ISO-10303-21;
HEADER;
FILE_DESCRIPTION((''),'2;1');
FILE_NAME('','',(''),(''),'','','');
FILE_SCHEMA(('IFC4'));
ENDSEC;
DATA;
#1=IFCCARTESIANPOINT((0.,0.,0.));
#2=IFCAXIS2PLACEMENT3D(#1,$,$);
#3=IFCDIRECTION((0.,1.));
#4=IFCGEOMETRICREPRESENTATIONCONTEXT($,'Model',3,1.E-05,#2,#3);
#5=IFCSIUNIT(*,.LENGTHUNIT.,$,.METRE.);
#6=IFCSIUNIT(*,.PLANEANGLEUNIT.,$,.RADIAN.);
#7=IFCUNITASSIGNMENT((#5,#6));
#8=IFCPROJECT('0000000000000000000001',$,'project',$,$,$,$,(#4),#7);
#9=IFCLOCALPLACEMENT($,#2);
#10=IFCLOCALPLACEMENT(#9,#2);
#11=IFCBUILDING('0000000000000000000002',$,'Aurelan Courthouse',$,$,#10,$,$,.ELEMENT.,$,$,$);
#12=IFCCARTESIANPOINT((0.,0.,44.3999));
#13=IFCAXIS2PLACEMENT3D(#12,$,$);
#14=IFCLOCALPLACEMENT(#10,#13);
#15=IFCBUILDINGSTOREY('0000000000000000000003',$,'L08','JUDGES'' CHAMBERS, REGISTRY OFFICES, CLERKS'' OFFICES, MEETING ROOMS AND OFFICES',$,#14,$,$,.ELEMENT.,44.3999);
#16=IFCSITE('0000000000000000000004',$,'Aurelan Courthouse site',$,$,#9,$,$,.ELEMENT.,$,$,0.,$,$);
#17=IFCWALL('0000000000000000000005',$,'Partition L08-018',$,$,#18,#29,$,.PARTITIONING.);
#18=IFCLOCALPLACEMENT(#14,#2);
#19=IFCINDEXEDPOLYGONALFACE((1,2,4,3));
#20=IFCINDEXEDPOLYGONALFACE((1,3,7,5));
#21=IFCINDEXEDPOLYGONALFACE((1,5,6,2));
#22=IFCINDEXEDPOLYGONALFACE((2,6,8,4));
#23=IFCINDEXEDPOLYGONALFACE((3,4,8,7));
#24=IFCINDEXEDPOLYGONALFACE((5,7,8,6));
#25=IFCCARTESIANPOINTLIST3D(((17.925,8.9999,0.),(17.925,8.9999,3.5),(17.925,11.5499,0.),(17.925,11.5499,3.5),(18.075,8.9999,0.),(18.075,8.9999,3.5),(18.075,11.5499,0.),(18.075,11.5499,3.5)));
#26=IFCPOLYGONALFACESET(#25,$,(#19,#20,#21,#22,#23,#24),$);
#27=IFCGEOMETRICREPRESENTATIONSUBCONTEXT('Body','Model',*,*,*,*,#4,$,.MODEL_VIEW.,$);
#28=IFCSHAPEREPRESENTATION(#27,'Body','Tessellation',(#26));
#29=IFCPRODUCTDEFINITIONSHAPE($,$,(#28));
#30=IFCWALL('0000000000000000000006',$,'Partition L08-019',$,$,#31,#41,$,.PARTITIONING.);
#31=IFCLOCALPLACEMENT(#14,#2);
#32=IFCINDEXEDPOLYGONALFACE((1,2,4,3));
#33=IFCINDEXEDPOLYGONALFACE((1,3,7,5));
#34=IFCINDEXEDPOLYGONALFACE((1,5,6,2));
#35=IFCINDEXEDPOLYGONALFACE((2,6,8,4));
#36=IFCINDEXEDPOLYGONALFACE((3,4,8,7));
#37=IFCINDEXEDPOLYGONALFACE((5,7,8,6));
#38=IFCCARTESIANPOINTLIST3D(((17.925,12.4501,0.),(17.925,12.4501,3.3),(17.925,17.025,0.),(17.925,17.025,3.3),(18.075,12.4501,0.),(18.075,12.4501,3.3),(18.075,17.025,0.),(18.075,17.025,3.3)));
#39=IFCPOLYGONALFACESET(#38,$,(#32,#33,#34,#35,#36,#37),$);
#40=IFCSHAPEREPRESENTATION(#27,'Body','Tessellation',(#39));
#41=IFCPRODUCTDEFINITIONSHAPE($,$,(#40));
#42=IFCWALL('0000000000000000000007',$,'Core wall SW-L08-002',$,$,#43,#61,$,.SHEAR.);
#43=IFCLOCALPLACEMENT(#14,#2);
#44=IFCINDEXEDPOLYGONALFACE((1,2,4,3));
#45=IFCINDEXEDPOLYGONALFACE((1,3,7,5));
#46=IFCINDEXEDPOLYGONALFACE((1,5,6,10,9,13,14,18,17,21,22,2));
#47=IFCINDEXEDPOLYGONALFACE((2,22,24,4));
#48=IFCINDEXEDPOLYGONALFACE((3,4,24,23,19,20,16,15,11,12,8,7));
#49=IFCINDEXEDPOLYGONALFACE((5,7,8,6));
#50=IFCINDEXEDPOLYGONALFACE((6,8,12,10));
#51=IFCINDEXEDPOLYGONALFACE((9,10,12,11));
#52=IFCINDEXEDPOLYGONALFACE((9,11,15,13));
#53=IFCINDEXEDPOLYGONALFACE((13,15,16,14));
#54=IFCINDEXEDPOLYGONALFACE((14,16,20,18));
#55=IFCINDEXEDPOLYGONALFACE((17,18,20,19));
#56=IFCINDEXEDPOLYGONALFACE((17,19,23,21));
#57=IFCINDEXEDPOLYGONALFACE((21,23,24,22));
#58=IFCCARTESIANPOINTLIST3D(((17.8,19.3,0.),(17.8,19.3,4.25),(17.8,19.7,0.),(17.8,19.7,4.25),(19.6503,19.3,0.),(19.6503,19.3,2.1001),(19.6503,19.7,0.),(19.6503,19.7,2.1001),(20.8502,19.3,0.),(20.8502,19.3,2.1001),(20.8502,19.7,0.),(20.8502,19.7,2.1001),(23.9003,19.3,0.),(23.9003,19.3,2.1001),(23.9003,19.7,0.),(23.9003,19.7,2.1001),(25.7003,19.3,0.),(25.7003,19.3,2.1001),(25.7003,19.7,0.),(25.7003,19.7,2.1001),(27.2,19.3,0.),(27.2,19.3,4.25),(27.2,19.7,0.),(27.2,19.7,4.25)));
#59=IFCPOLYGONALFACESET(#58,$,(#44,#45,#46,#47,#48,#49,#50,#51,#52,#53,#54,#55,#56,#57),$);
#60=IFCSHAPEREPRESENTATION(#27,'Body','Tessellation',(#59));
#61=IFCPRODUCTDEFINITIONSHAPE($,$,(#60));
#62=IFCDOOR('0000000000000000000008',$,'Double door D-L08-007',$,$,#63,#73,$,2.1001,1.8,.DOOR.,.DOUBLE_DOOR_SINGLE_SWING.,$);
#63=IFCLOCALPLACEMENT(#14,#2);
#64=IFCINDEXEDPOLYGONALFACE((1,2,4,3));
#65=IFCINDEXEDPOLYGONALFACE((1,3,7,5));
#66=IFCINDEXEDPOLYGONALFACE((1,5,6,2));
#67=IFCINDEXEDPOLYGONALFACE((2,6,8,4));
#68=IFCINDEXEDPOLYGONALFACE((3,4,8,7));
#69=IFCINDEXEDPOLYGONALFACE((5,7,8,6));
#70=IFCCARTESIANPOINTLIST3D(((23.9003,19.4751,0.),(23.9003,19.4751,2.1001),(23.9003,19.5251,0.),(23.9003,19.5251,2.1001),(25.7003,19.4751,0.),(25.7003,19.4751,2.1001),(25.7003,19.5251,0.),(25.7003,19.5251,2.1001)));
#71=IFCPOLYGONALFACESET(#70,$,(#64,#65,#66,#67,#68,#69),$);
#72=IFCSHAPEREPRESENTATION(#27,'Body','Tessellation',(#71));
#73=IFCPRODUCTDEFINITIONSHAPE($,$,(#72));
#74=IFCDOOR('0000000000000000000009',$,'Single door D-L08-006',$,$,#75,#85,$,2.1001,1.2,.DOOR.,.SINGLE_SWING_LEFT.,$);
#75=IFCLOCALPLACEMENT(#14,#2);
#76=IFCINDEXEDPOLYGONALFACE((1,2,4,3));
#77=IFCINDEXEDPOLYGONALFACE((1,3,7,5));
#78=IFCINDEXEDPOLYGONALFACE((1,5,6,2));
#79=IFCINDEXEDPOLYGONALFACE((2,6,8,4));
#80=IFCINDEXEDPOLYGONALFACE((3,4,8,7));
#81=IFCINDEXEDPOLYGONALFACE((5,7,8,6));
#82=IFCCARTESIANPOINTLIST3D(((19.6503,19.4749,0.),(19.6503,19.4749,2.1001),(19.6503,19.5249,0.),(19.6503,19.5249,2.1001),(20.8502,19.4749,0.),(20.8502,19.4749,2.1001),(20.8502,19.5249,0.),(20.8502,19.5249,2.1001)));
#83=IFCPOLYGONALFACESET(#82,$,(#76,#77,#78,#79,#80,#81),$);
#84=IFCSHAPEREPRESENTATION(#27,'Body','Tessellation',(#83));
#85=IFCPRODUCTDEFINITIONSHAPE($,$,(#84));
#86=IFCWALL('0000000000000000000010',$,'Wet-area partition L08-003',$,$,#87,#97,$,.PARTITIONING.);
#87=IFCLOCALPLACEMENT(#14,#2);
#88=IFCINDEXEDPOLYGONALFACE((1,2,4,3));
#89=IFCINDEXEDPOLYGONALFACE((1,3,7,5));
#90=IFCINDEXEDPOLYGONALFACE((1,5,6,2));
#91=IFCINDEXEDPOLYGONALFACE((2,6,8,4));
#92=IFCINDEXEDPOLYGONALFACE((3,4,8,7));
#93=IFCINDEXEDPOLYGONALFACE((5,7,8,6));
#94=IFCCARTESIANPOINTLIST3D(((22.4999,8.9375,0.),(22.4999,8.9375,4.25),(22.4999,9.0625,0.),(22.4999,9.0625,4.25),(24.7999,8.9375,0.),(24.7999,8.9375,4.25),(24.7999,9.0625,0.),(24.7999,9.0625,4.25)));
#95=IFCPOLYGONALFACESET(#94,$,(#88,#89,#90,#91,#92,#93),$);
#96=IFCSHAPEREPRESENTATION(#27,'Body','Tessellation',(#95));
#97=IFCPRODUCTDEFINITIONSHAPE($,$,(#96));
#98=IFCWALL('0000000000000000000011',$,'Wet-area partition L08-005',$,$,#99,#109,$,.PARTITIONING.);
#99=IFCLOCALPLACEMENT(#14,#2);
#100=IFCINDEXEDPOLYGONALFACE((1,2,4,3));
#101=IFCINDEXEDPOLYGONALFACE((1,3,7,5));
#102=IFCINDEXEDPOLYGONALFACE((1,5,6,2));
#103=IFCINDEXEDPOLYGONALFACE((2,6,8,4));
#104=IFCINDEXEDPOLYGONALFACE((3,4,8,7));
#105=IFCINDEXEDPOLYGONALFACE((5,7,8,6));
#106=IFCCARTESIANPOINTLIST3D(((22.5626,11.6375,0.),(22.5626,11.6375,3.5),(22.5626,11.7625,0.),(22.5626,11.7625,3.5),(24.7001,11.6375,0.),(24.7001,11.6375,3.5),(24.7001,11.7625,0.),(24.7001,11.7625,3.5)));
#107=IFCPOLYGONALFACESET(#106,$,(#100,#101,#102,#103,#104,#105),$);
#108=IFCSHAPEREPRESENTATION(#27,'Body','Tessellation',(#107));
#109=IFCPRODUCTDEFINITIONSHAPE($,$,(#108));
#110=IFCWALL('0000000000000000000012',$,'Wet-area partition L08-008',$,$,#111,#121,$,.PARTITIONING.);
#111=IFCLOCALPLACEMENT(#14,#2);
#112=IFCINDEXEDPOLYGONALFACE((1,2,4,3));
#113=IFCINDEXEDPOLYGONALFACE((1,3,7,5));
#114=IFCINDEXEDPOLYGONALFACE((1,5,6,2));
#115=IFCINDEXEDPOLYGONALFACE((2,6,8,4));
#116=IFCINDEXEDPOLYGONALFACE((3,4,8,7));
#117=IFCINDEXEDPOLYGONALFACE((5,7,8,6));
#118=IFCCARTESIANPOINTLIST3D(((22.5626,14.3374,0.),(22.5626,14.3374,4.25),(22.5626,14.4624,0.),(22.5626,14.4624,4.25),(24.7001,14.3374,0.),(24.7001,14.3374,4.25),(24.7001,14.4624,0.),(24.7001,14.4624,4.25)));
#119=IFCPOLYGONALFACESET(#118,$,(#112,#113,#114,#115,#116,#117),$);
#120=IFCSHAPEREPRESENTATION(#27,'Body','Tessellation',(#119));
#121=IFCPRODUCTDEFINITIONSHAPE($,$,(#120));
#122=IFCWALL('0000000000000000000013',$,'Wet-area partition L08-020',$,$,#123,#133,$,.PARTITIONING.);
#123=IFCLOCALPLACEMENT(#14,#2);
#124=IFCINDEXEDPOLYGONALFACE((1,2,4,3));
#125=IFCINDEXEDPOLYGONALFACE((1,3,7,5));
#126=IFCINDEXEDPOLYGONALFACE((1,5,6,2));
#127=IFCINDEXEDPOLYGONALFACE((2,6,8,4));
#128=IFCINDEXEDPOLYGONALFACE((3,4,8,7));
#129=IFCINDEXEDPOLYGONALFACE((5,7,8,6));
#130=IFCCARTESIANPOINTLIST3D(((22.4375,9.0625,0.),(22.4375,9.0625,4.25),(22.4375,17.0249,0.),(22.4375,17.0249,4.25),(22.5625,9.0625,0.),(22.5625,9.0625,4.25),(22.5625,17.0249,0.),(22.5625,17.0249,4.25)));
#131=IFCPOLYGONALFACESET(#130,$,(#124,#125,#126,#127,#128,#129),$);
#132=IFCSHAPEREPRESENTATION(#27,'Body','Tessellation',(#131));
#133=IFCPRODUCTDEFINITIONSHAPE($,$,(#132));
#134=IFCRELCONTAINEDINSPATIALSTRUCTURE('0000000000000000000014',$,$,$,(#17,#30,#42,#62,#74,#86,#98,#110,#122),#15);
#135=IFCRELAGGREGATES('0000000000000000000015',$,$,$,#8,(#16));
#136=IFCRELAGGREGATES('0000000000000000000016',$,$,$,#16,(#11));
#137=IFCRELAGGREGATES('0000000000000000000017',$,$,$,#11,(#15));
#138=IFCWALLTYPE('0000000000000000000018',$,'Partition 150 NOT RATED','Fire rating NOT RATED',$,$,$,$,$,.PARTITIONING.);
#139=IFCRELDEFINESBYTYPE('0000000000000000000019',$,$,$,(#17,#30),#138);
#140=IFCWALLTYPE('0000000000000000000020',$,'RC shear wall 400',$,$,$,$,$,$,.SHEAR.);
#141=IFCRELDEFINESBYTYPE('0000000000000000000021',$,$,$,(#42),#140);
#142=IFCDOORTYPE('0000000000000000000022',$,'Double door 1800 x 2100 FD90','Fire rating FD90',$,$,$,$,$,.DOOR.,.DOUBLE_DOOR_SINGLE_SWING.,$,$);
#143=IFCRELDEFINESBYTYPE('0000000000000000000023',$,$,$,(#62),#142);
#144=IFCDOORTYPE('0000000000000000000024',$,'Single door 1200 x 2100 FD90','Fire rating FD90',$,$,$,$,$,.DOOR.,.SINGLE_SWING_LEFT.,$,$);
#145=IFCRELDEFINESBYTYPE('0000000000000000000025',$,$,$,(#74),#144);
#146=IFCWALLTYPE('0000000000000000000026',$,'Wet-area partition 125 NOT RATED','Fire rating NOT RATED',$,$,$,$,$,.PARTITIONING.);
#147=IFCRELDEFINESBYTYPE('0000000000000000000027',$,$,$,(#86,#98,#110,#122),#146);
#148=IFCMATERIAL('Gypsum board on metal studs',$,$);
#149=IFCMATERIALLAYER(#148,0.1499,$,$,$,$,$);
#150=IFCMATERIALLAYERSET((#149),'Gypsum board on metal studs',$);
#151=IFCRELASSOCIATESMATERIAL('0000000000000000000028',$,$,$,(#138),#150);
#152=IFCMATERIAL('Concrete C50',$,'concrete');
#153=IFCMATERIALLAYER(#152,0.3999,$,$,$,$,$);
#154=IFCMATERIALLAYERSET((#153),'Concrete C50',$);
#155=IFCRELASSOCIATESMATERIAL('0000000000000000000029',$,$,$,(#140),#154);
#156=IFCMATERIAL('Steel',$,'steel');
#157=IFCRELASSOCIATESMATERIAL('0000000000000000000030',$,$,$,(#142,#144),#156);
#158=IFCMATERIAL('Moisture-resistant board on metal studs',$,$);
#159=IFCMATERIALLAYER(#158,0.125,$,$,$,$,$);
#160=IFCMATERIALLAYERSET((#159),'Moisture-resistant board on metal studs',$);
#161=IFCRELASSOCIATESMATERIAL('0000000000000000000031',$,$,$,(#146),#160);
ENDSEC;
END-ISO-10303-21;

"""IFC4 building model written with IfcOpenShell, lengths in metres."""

from ifc_helpers import new_model, si_unit, direction, frame, frame_2d, origin, place, context, subcontext, project, spatial, rectangle, extrude, material, layer, layer_set, type_object, element, fill, save


model = new_model("IFC4")

# Units and contexts
model_context = context("Model", 3, precision=1e-05, world=origin(), true_north=direction((0.0, 1.0)))
body_context = subcontext(model_context, "Body", "Model", "MODEL_VIEW")
ifc_project = project(units=[si_unit("LENGTHUNIT", "METRE"), si_unit("PLANEANGLEUNIT", "RADIAN")], contexts=[model_context])

# Site, building, storey
site_placement = place(None, origin())
site = spatial("IfcSite", under=ifc_project, at=site_placement, Name="Aurelan Courthouse site", CompositionType="ELEMENT", RefElevation=0.0)
building_placement = place(site_placement, origin())
building = spatial("IfcBuilding", under=site, at=building_placement, Name="Aurelan Courthouse", CompositionType="ELEMENT")
storey_placement = place(building_placement, frame((0.0, 0.0, 44.3999)))
storey = spatial("IfcBuildingStorey", under=building, at=storey_placement, Name="L08", Description="JUDGES' CHAMBERS, REGISTRY OFFICES, CLERKS' OFFICES, MEETING ROOMS AND OFFICES", CompositionType="ELEMENT", Elevation=44.3999)

# Shared definitions
ifc_material_1 = material(Name="Concrete C50", Category="concrete")

# Shared definitions
ifc_material_2 = material(Name="Steel", Category="steel")

# Shared definitions
ifc_material_3 = material(Name="Gypsum board on metal studs")
ifc_layer_1 = layer(ifc_material_3, 0.1499)
ifc_layer_set_1 = layer_set([ifc_layer_1], Name="Gypsum board on metal studs")
wall_type_1 = type_object("IfcWallType", Name="Partition 150 NOT RATED", Description="Fire rating NOT RATED", PredefinedType="PARTITIONING", material=ifc_layer_set_1)

# Walls
wall_1_placement = place(storey_placement, frame((18.0, 9.0, 0.0), z_axis=(0.0, 0.0, 1.0), x_axis=(0.0, 1.0, 0.0)))
element("IfcWall", 1, at=wall_1_placement, inside=storey, type_object=wall_type_1, Name="Partition L08-018", PredefinedType="PARTITIONING", context=body_context, shape_type="SweptSolid", body=[
    extrude(rectangle(XDim=2.55, YDim=0.1499, at=frame_2d((1.2749, 0.0))), origin(), (0.0, 0.0, 1.0), 3.5),
])
wall_2_placement = place(storey_placement, frame((18.0, 12.45, 0.0), z_axis=(0.0, 0.0, 1.0), x_axis=(0.0, 1.0, 0.0)))
element("IfcWall", 2, at=wall_2_placement, inside=storey, type_object=wall_type_1, Name="Partition L08-019", PredefinedType="PARTITIONING", context=body_context, shape_type="SweptSolid", body=[
    extrude(rectangle(XDim=4.575, YDim=0.1499, at=frame_2d((2.2876, 0.0))), origin(), (0.0, 0.0, 1.0), 3.3),
])

# Wall, openings, doors
ifc_layer_2 = layer(ifc_material_1, 0.3999)
ifc_layer_set_2 = layer_set([ifc_layer_2], Name="Concrete C50")
wall_type_2 = type_object("IfcWallType", Name="RC shear wall 400", PredefinedType="SHEAR", material=ifc_layer_set_2)
wall_3_placement = place(storey_placement, frame((17.8, 19.5, 0.0), z_axis=(0.0, 0.0, 1.0), x_axis=(1.0, 0.0, 0.0)))
wall_3 = element("IfcWall", 3, at=wall_3_placement, inside=storey, type_object=wall_type_2, Name="Core wall SW-L08-002", PredefinedType="SHEAR", context=body_context, shape_type="SweptSolid", body=[
    extrude(rectangle(XDim=9.3999, YDim=0.3999, at=frame_2d((4.7, 0.0))), origin(), (0.0, 0.0, 1.0), 4.25),
])
opening_1_placement = place(wall_3_placement, frame((1.8501, 0.0, 0.0)))
opening_1 = element("IfcOpeningElement", 4, at=opening_1_placement, cuts=wall_3, PredefinedType="OPENING", context=body_context, shape_type="SweptSolid", body=[
    extrude(rectangle(XDim=1.2, YDim=2.1001, at=frame_2d((0.6001, 1.05))), frame((0.0, 0.21, 0.0), z_axis=(0.0, -1.0, 0.0), x_axis=(1.0, 0.0, 0.0)), (0.0, 0.0, 1.0), 0.4199),
])
opening_2_placement = place(wall_3_placement, frame((7.9001, 0.0, 0.0), z_axis=(0.0, 0.0, 1.0), x_axis=(-1.0, 0.0, 0.0)))
opening_2 = element("IfcOpeningElement", 5, at=opening_2_placement, cuts=wall_3, PredefinedType="OPENING", context=body_context, shape_type="SweptSolid", body=[
    extrude(rectangle(XDim=1.8, YDim=2.1001, at=frame_2d((0.8999, 1.05))), frame((0.0, 0.21, 0.0), z_axis=(0.0, -1.0, 0.0), x_axis=(1.0, 0.0, 0.0)), (0.0, 0.0, 1.0), 0.4199),
])
door_type_1 = type_object("IfcDoorType", Name="Double door 1800 x 2100 FD90", Description="Fire rating FD90", OperationType="DOUBLE_DOOR_SINGLE_SWING", PredefinedType="DOOR", material=ifc_material_2)
door_1_placement = place(opening_2_placement, origin())
door_1 = element("IfcDoor", 6, at=door_1_placement, inside=storey, type_object=door_type_1, Name="Double door D-L08-007", OperationType="DOUBLE_DOOR_SINGLE_SWING", OverallHeight=2.1001, OverallWidth=1.8, PredefinedType="DOOR", context=body_context, shape_type="SweptSolid", body=[
    extrude(rectangle(XDim=1.8, YDim=2.1001, at=frame_2d((0.8999, 1.05))), frame((0.0, 0.0249, 0.0), z_axis=(0.0, -1.0, 0.0), x_axis=(1.0, 0.0, 0.0)), (0.0, 0.0, 1.0), 0.05),
])
fill(opening_2, door_1)
door_type_2 = type_object("IfcDoorType", Name="Single door 1200 x 2100 FD90", Description="Fire rating FD90", OperationType="SINGLE_SWING_LEFT", PredefinedType="DOOR", material=ifc_material_2)
door_2_placement = place(opening_1_placement, origin())
door_2 = element("IfcDoor", 7, at=door_2_placement, inside=storey, type_object=door_type_2, Name="Single door D-L08-006", OperationType="SINGLE_SWING_LEFT", OverallHeight=2.1001, OverallWidth=1.2, PredefinedType="DOOR", context=body_context, shape_type="SweptSolid", body=[
    extrude(rectangle(XDim=1.2, YDim=2.1001, at=frame_2d((0.6001, 1.05))), frame((0.0, 0.0249, 0.0), z_axis=(0.0, -1.0, 0.0), x_axis=(1.0, 0.0, 0.0)), (0.0, 0.0, 1.0), 0.05),
])
fill(opening_1, door_2)

# Walls
ifc_material_4 = material(Name="Moisture-resistant board on metal studs")
ifc_layer_3 = layer(ifc_material_4, 0.125)
ifc_layer_set_3 = layer_set([ifc_layer_3], Name="Moisture-resistant board on metal studs")
wall_type_3 = type_object("IfcWallType", Name="Wet-area partition 125 NOT RATED", Description="Fire rating NOT RATED", PredefinedType="PARTITIONING", material=ifc_layer_set_3)
wall_4_placement = place(storey_placement, frame((22.5, 9.0, 0.0), z_axis=(0.0, 0.0, 1.0), x_axis=(1.0, 0.0, 0.0)))
element("IfcWall", 8, at=wall_4_placement, inside=storey, type_object=wall_type_3, Name="Wet-area partition L08-003", PredefinedType="PARTITIONING", context=body_context, shape_type="SweptSolid", body=[
    extrude(rectangle(XDim=2.3, YDim=0.125, at=frame_2d((1.1499, 0.0))), origin(), (0.0, 0.0, 1.0), 4.25),
])
wall_5_placement = place(storey_placement, frame((22.5625, 11.7, 0.0), z_axis=(0.0, 0.0, 1.0), x_axis=(1.0, 0.0, 0.0)))
element("IfcWall", 9, at=wall_5_placement, inside=storey, type_object=wall_type_3, Name="Wet-area partition L08-005", PredefinedType="PARTITIONING", context=body_context, shape_type="SweptSolid", body=[
    extrude(rectangle(XDim=2.1375, YDim=0.125, at=frame_2d((1.0688, 0.0))), origin(), (0.0, 0.0, 1.0), 3.5),
])
wall_6_placement = place(storey_placement, frame((22.5625, 14.3999, 0.0), z_axis=(0.0, 0.0, 1.0), x_axis=(1.0, 0.0, 0.0)))
element("IfcWall", 10, at=wall_6_placement, inside=storey, type_object=wall_type_3, Name="Wet-area partition L08-008", PredefinedType="PARTITIONING", context=body_context, shape_type="SweptSolid", body=[
    extrude(rectangle(XDim=2.1375, YDim=0.125, at=frame_2d((1.0688, 0.0))), origin(), (0.0, 0.0, 1.0), 4.25),
])
wall_7_placement = place(storey_placement, frame((22.5, 9.0625, 0.0), z_axis=(0.0, 0.0, 1.0), x_axis=(0.0, 1.0, 0.0)))
element("IfcWall", 11, at=wall_7_placement, inside=storey, type_object=wall_type_3, Name="Wet-area partition L08-020", PredefinedType="PARTITIONING", context=body_context, shape_type="SweptSolid", body=[
    extrude(rectangle(XDim=7.9624, YDim=0.125, at=frame_2d((3.9812, 0.0))), origin(), (0.0, 0.0, 1.0), 4.25),
])

save(model, "model.ifc")
